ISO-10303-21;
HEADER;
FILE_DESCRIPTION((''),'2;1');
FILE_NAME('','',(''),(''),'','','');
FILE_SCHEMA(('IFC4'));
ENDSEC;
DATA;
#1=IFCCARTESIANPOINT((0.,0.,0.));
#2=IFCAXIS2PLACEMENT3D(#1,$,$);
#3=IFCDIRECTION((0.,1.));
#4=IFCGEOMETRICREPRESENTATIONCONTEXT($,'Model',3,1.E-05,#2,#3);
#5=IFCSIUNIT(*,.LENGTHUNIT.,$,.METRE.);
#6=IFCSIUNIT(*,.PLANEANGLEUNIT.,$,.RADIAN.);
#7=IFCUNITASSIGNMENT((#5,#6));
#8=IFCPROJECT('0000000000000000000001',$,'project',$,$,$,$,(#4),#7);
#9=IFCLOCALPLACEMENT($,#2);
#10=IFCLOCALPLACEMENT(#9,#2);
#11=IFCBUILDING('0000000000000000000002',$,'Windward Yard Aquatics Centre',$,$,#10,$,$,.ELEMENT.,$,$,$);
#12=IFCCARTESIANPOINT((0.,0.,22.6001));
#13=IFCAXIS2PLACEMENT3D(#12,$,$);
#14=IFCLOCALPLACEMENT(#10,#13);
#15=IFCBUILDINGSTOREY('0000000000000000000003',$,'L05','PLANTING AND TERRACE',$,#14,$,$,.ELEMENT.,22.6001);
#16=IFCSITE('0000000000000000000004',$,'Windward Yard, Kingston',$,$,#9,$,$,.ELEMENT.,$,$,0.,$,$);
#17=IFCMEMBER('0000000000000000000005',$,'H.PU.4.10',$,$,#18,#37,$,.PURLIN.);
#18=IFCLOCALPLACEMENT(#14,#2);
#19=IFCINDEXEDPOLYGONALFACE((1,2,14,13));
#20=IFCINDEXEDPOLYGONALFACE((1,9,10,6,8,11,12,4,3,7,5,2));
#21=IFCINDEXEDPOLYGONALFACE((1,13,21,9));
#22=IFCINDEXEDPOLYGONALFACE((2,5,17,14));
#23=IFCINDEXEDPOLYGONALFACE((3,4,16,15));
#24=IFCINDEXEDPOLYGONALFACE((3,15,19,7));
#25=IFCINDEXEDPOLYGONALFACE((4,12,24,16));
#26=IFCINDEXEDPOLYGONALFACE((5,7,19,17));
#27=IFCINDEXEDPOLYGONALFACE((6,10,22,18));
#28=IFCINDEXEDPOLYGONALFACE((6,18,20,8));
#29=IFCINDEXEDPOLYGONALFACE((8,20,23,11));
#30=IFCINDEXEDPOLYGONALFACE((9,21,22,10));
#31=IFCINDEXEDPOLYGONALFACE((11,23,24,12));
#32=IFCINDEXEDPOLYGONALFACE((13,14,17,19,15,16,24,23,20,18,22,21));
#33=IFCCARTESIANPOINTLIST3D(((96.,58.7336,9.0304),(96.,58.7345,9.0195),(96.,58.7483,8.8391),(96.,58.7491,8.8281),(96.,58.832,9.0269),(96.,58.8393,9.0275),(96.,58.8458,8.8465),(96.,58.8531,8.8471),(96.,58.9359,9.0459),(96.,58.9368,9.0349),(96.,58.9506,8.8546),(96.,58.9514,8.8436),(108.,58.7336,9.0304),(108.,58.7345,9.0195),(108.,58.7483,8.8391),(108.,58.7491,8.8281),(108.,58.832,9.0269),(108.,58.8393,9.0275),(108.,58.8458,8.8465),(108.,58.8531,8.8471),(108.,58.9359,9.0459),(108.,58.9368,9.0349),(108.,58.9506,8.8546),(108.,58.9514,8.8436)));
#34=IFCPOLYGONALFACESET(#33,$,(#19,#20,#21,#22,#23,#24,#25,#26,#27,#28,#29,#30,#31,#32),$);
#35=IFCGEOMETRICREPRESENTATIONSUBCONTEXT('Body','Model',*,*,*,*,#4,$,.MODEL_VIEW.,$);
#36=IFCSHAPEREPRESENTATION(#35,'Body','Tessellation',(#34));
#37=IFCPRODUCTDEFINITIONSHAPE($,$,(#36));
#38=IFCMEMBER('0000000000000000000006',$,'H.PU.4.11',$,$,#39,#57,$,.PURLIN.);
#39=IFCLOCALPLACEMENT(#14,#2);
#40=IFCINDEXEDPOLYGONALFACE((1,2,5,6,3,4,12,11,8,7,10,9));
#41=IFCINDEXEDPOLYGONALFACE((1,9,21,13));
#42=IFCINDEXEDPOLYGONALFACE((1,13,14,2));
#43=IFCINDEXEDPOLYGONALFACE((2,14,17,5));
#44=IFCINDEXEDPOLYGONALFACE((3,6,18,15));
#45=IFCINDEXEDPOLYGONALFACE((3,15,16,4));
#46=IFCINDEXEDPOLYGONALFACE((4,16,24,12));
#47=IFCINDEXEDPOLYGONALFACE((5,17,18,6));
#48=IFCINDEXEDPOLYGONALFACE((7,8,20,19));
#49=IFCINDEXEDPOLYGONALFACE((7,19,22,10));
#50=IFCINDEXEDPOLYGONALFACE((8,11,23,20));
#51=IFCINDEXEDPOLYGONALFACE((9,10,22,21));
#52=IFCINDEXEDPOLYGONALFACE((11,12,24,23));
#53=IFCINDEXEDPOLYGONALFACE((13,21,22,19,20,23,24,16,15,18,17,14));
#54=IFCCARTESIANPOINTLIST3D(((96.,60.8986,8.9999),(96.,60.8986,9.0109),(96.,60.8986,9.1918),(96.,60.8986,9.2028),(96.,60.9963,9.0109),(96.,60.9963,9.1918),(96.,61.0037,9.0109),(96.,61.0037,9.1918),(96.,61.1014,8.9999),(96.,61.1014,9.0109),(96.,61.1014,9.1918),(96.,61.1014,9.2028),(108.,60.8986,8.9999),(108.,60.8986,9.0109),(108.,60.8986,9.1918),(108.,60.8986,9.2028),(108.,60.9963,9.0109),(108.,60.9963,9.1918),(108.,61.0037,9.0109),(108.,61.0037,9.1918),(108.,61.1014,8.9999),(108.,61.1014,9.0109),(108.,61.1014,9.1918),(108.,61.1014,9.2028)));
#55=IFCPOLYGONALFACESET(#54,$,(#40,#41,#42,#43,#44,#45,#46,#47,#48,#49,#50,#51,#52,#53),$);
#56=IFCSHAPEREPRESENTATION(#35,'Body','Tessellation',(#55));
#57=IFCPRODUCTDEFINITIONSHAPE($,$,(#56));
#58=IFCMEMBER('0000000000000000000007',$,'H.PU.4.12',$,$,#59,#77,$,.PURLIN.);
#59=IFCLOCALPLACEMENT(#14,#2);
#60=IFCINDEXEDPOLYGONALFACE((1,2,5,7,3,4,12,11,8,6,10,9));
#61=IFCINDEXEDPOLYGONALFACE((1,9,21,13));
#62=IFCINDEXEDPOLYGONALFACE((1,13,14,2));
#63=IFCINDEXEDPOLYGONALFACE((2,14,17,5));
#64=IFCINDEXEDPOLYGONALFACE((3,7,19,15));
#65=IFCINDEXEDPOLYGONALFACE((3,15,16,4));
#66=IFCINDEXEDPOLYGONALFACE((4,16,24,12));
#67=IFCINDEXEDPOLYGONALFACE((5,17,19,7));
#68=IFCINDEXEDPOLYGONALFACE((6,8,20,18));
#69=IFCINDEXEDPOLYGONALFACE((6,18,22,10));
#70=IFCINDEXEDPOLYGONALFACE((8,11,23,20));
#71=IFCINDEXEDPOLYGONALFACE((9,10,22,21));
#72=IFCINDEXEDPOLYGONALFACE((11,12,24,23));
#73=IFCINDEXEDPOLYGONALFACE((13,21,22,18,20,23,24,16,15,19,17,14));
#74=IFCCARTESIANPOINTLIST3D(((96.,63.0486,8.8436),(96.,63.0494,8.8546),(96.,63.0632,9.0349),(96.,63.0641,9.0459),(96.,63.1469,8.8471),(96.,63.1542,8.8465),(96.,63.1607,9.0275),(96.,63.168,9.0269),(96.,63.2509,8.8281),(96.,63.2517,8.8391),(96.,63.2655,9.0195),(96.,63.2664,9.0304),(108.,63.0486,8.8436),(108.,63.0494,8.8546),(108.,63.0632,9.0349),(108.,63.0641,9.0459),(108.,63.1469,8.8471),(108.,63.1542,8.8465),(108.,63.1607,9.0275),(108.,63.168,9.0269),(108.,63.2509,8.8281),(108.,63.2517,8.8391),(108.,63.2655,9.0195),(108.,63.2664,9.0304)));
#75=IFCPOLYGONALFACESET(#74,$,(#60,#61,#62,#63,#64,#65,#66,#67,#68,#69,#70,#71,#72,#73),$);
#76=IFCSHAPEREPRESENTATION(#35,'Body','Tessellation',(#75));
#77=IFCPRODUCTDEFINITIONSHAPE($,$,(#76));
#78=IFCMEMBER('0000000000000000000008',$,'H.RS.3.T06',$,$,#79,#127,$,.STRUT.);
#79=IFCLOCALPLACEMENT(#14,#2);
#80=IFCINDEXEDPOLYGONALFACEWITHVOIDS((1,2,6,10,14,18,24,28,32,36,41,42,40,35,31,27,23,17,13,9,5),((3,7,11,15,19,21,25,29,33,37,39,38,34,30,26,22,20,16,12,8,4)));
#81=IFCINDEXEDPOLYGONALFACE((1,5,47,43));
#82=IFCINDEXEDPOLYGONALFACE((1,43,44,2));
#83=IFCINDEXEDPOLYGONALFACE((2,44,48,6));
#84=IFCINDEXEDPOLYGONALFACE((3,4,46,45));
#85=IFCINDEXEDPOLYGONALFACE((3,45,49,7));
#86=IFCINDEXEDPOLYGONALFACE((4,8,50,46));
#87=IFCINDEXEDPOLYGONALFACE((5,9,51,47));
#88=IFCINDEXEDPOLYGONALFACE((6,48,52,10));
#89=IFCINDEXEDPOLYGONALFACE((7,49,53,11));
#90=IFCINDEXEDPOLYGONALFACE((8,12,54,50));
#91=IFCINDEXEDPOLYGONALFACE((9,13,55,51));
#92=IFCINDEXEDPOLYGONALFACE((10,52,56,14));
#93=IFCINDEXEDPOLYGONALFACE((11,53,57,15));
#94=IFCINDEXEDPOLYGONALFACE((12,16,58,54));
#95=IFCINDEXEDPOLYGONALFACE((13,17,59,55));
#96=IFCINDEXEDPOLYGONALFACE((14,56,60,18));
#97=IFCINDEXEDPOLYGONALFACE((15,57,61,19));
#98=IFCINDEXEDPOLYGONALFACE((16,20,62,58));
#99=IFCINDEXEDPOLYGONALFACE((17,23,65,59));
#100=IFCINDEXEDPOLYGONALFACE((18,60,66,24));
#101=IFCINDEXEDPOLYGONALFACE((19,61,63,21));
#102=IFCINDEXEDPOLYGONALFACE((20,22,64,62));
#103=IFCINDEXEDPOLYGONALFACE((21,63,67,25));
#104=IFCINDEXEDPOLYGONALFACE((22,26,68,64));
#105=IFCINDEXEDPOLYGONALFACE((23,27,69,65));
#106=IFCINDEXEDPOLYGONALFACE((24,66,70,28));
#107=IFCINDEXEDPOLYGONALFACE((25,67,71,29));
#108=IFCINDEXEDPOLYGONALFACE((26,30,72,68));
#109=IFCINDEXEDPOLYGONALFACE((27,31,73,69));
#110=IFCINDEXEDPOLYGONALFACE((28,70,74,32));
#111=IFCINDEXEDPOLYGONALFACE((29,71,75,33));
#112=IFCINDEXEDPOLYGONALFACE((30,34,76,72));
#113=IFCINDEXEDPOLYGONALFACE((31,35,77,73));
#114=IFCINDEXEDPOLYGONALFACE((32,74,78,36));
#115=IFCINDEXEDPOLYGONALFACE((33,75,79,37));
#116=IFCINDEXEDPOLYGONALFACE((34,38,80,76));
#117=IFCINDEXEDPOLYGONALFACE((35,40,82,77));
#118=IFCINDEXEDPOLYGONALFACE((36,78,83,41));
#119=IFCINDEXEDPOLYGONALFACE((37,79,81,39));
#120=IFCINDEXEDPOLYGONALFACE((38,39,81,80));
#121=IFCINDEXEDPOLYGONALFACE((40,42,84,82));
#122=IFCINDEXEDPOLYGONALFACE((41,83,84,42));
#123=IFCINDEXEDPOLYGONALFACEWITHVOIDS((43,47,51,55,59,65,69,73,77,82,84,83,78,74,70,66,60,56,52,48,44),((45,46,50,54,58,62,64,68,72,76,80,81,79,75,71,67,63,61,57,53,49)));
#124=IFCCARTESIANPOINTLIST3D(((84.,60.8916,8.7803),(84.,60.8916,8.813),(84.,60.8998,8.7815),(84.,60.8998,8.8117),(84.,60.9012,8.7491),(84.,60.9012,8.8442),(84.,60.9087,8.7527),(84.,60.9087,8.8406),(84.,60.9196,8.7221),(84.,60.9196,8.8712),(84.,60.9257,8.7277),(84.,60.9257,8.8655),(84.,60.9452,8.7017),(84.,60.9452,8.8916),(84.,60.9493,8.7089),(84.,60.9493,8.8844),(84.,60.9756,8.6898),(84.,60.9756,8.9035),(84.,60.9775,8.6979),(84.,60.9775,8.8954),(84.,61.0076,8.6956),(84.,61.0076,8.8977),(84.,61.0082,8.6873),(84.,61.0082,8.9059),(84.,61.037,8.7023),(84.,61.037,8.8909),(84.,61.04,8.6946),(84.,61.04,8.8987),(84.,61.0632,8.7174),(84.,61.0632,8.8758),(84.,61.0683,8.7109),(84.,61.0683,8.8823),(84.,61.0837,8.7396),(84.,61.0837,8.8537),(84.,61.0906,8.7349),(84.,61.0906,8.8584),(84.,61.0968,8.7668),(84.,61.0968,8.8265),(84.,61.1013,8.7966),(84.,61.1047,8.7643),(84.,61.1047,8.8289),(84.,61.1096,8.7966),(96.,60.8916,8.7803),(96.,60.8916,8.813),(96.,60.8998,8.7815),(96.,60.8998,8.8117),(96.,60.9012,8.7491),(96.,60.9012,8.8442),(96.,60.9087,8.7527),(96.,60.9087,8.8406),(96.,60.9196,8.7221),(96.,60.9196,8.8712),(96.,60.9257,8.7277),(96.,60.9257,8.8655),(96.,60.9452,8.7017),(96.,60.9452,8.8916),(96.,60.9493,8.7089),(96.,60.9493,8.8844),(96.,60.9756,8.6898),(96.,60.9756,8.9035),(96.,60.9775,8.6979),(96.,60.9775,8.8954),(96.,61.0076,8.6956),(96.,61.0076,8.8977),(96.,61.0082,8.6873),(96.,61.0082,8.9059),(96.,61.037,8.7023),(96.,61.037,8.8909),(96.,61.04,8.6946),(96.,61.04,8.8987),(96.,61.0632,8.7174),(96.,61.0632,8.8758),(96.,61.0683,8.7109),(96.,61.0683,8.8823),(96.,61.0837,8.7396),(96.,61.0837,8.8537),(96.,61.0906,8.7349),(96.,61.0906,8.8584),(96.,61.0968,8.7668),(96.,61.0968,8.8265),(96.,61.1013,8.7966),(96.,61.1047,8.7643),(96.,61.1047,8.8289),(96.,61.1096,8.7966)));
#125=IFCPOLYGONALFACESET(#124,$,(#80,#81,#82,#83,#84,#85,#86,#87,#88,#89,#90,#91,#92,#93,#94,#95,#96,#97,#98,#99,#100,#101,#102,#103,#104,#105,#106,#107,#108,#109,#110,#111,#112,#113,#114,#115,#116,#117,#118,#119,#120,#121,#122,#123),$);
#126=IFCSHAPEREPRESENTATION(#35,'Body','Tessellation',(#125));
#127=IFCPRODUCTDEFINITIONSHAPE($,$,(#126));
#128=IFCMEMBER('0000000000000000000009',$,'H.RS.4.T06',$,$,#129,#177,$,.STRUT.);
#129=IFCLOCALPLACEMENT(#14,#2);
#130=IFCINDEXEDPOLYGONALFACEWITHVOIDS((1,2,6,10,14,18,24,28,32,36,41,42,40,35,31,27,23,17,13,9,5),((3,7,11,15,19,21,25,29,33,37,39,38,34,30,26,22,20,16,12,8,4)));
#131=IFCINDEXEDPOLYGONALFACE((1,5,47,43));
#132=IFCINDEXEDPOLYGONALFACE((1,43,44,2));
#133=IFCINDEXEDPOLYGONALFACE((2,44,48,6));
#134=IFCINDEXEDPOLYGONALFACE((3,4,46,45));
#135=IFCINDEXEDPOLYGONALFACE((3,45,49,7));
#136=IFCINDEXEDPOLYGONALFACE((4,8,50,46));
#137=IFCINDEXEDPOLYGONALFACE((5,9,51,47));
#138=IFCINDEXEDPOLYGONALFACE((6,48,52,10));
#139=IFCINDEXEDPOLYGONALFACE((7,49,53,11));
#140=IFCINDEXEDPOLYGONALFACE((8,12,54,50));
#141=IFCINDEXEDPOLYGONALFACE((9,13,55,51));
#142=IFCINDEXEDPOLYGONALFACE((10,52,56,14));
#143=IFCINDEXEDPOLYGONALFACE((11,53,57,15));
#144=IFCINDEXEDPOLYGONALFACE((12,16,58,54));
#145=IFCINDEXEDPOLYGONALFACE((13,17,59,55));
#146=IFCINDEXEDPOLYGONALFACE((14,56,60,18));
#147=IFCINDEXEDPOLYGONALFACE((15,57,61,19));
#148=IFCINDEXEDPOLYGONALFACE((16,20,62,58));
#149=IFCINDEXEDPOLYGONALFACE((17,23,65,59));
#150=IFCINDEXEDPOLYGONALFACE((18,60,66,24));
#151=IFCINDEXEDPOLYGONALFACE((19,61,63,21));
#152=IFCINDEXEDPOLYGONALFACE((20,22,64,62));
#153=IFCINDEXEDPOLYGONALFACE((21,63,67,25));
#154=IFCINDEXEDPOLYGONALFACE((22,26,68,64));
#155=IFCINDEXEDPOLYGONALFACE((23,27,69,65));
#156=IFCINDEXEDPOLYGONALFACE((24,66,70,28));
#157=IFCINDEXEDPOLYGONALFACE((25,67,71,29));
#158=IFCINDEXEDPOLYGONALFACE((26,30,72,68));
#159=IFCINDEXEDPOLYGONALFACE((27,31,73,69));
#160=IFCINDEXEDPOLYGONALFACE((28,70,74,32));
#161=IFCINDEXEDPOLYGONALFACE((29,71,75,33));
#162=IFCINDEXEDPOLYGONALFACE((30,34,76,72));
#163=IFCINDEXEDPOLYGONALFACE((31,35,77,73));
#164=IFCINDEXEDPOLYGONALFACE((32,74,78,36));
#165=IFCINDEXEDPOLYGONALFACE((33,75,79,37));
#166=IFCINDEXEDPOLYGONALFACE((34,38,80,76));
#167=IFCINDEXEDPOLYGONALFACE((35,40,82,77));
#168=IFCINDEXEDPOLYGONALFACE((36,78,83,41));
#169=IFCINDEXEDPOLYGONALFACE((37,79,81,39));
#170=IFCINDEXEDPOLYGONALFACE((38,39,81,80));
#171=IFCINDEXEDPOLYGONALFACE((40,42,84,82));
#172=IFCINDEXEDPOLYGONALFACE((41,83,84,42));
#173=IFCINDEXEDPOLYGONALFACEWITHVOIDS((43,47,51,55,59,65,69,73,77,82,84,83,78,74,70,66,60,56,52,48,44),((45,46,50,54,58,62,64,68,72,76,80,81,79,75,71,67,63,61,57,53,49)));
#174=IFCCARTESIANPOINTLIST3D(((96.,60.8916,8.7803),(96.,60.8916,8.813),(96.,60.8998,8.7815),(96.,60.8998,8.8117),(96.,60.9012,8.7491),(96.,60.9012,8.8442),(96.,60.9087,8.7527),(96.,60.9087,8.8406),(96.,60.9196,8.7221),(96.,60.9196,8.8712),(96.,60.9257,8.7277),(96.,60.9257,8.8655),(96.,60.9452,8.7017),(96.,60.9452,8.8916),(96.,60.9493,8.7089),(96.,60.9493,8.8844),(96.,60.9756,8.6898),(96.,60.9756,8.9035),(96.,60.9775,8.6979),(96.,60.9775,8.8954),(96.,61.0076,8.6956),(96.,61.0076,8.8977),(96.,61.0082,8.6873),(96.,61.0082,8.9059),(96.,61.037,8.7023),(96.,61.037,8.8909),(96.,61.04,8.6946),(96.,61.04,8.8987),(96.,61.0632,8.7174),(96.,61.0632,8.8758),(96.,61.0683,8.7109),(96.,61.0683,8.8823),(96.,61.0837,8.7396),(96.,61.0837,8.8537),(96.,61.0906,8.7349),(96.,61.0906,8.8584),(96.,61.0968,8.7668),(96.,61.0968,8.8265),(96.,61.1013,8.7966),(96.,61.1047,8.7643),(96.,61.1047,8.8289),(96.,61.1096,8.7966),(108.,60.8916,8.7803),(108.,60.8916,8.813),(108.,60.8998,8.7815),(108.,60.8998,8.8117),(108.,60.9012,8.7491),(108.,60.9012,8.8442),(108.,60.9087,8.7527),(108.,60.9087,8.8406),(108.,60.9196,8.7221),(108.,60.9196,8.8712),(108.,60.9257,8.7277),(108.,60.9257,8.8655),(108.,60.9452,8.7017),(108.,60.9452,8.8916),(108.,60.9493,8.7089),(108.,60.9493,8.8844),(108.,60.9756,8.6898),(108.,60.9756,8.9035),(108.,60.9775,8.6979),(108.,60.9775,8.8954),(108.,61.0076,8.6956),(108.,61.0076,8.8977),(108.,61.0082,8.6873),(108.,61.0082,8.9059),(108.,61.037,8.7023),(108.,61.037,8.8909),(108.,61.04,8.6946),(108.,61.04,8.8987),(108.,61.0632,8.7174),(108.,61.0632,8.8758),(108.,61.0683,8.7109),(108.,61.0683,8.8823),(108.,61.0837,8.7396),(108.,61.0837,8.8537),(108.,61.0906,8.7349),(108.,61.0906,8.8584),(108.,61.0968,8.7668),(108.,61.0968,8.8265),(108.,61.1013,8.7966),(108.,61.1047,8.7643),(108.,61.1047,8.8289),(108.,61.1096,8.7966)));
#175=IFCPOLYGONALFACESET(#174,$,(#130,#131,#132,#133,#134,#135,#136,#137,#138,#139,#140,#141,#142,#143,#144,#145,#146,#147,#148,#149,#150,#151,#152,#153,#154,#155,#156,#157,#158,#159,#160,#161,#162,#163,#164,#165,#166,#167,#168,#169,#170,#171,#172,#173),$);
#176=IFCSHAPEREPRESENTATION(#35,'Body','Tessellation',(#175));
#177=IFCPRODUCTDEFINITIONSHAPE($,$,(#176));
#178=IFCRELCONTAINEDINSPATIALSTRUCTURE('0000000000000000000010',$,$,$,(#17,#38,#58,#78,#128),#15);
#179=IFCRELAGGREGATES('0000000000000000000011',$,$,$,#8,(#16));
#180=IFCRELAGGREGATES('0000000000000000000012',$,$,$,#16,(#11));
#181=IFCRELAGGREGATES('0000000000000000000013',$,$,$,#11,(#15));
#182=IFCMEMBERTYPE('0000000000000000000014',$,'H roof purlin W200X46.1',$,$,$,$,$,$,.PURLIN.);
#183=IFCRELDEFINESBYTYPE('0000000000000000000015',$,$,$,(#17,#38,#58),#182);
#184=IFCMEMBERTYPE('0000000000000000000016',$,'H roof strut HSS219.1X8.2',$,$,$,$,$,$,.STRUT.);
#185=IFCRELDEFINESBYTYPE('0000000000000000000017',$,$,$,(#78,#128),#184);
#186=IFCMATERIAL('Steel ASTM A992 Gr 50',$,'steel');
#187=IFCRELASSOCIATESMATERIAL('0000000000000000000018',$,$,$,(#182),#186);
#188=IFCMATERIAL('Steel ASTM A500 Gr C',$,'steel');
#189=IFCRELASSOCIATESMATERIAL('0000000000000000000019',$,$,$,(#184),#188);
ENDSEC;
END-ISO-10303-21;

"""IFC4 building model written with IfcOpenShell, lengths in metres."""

from ifc_helpers import new_model, si_unit, direction, frame, origin, origin_2d, place, context, subcontext, project, spatial, hollow_circle, i_section, extrude, material, material_profile, profile_set, type_object, element, save


model = new_model("IFC4")

# Units and contexts
model_context = context("Model", 3, precision=1e-05, world=origin(), true_north=direction((0.0, 1.0)))
body_context = subcontext(model_context, "Body", "Model", "MODEL_VIEW")
ifc_project = project(units=[si_unit("LENGTHUNIT", "METRE"), si_unit("PLANEANGLEUNIT", "RADIAN")], contexts=[model_context])

# Site, building, storey
site_placement = place(None, origin())
site = spatial("IfcSite", under=ifc_project, at=site_placement, Name="Windward Yard, Kingston", CompositionType="ELEMENT", RefElevation=0.0)
building_placement = place(site_placement, origin())
building = spatial("IfcBuilding", under=site, at=building_placement, Name="Windward Yard Aquatics Centre", CompositionType="ELEMENT")
storey_placement = place(building_placement, frame((0.0, 0.0, 22.6001)))
storey = spatial("IfcBuildingStorey", under=building, at=storey_placement, Name="L05", Description="PLANTING AND TERRACE", CompositionType="ELEMENT", Elevation=22.6001)

# Members
ifc_material_1 = material(Name="Steel ASTM A500 Gr C", Category="steel")
ifc_material_2 = material(Name="Steel ASTM A992 Gr 50", Category="steel")
ifc_material_profile_1 = material_profile(ifc_material_2, i_section(OverallWidth=0.2029, OverallDepth=0.2029, WebThickness=0.0073, FlangeThickness=0.011, at=origin_2d()), Name="W200X46.1")
ifc_profile_set_1 = profile_set([ifc_material_profile_1], Name="Steel ASTM A992 Gr 50")
member_type_1 = type_object("IfcMemberType", Name="H roof purlin W200X46.1", PredefinedType="PURLIN", material=ifc_profile_set_1)
for number, where, z_axis, x_axis, name in (
    (1, (96.0, 58.8425, 8.937), (1.0, 0.0, 0.0), (0.0, 0.997081, 0.076354), "H.PU.4.10"),
    (2, (96.0, 61.0, 9.1013), (1.0, 0.0, 0.0), (0.0, 1.0, 0.0), "H.PU.4.11"),
    (3, (96.0, 63.1575, 8.937), (1.0, 0.0, 0.0), (0.0, 0.997081, -0.076354), "H.PU.4.12"),
):
    element("IfcMember", number, at=place(storey_placement, frame(where, z_axis=z_axis, x_axis=x_axis)), inside=storey, type_object=member_type_1, Name=name, PredefinedType="PURLIN", context=body_context, shape_type="SweptSolid", body=[
        extrude(i_section(OverallWidth=0.2029, OverallDepth=0.2029, WebThickness=0.0073, FlangeThickness=0.011, at=origin_2d()), origin(), (0.0, 0.0, 1.0), 12.0),
    ])
ifc_material_profile_2 = material_profile(ifc_material_1, hollow_circle(Radius=0.1096, WallThickness=0.0083, at=origin_2d()), Name="HSS219.1X8.2")
ifc_profile_set_2 = profile_set([ifc_material_profile_2], Name="Steel ASTM A500 Gr C")
member_type_2 = type_object("IfcMemberType", Name="H roof strut HSS219.1X8.2", PredefinedType="STRUT", material=ifc_profile_set_2)
for number, where, z_axis, x_axis, name in (
    (4, (84.0, 61.0, 8.7966), (1.0, 0.0, 0.0), (0.0, 1.0, 0.0), "H.RS.3.T06"),
    (5, (96.0, 61.0, 8.7966), (1.0, 0.0, 0.0), (0.0, 1.0, 0.0), "H.RS.4.T06"),
):
    element("IfcMember", number, at=place(storey_placement, frame(where, z_axis=z_axis, x_axis=x_axis)), inside=storey, type_object=member_type_2, Name=name, PredefinedType="STRUT", context=body_context, shape_type="SweptSolid", body=[
        extrude(hollow_circle(Radius=0.1096, WallThickness=0.0083, at=origin_2d()), origin(), (0.0, 0.0, 1.0), 12.0),
    ])

save(model, "model.ifc")
